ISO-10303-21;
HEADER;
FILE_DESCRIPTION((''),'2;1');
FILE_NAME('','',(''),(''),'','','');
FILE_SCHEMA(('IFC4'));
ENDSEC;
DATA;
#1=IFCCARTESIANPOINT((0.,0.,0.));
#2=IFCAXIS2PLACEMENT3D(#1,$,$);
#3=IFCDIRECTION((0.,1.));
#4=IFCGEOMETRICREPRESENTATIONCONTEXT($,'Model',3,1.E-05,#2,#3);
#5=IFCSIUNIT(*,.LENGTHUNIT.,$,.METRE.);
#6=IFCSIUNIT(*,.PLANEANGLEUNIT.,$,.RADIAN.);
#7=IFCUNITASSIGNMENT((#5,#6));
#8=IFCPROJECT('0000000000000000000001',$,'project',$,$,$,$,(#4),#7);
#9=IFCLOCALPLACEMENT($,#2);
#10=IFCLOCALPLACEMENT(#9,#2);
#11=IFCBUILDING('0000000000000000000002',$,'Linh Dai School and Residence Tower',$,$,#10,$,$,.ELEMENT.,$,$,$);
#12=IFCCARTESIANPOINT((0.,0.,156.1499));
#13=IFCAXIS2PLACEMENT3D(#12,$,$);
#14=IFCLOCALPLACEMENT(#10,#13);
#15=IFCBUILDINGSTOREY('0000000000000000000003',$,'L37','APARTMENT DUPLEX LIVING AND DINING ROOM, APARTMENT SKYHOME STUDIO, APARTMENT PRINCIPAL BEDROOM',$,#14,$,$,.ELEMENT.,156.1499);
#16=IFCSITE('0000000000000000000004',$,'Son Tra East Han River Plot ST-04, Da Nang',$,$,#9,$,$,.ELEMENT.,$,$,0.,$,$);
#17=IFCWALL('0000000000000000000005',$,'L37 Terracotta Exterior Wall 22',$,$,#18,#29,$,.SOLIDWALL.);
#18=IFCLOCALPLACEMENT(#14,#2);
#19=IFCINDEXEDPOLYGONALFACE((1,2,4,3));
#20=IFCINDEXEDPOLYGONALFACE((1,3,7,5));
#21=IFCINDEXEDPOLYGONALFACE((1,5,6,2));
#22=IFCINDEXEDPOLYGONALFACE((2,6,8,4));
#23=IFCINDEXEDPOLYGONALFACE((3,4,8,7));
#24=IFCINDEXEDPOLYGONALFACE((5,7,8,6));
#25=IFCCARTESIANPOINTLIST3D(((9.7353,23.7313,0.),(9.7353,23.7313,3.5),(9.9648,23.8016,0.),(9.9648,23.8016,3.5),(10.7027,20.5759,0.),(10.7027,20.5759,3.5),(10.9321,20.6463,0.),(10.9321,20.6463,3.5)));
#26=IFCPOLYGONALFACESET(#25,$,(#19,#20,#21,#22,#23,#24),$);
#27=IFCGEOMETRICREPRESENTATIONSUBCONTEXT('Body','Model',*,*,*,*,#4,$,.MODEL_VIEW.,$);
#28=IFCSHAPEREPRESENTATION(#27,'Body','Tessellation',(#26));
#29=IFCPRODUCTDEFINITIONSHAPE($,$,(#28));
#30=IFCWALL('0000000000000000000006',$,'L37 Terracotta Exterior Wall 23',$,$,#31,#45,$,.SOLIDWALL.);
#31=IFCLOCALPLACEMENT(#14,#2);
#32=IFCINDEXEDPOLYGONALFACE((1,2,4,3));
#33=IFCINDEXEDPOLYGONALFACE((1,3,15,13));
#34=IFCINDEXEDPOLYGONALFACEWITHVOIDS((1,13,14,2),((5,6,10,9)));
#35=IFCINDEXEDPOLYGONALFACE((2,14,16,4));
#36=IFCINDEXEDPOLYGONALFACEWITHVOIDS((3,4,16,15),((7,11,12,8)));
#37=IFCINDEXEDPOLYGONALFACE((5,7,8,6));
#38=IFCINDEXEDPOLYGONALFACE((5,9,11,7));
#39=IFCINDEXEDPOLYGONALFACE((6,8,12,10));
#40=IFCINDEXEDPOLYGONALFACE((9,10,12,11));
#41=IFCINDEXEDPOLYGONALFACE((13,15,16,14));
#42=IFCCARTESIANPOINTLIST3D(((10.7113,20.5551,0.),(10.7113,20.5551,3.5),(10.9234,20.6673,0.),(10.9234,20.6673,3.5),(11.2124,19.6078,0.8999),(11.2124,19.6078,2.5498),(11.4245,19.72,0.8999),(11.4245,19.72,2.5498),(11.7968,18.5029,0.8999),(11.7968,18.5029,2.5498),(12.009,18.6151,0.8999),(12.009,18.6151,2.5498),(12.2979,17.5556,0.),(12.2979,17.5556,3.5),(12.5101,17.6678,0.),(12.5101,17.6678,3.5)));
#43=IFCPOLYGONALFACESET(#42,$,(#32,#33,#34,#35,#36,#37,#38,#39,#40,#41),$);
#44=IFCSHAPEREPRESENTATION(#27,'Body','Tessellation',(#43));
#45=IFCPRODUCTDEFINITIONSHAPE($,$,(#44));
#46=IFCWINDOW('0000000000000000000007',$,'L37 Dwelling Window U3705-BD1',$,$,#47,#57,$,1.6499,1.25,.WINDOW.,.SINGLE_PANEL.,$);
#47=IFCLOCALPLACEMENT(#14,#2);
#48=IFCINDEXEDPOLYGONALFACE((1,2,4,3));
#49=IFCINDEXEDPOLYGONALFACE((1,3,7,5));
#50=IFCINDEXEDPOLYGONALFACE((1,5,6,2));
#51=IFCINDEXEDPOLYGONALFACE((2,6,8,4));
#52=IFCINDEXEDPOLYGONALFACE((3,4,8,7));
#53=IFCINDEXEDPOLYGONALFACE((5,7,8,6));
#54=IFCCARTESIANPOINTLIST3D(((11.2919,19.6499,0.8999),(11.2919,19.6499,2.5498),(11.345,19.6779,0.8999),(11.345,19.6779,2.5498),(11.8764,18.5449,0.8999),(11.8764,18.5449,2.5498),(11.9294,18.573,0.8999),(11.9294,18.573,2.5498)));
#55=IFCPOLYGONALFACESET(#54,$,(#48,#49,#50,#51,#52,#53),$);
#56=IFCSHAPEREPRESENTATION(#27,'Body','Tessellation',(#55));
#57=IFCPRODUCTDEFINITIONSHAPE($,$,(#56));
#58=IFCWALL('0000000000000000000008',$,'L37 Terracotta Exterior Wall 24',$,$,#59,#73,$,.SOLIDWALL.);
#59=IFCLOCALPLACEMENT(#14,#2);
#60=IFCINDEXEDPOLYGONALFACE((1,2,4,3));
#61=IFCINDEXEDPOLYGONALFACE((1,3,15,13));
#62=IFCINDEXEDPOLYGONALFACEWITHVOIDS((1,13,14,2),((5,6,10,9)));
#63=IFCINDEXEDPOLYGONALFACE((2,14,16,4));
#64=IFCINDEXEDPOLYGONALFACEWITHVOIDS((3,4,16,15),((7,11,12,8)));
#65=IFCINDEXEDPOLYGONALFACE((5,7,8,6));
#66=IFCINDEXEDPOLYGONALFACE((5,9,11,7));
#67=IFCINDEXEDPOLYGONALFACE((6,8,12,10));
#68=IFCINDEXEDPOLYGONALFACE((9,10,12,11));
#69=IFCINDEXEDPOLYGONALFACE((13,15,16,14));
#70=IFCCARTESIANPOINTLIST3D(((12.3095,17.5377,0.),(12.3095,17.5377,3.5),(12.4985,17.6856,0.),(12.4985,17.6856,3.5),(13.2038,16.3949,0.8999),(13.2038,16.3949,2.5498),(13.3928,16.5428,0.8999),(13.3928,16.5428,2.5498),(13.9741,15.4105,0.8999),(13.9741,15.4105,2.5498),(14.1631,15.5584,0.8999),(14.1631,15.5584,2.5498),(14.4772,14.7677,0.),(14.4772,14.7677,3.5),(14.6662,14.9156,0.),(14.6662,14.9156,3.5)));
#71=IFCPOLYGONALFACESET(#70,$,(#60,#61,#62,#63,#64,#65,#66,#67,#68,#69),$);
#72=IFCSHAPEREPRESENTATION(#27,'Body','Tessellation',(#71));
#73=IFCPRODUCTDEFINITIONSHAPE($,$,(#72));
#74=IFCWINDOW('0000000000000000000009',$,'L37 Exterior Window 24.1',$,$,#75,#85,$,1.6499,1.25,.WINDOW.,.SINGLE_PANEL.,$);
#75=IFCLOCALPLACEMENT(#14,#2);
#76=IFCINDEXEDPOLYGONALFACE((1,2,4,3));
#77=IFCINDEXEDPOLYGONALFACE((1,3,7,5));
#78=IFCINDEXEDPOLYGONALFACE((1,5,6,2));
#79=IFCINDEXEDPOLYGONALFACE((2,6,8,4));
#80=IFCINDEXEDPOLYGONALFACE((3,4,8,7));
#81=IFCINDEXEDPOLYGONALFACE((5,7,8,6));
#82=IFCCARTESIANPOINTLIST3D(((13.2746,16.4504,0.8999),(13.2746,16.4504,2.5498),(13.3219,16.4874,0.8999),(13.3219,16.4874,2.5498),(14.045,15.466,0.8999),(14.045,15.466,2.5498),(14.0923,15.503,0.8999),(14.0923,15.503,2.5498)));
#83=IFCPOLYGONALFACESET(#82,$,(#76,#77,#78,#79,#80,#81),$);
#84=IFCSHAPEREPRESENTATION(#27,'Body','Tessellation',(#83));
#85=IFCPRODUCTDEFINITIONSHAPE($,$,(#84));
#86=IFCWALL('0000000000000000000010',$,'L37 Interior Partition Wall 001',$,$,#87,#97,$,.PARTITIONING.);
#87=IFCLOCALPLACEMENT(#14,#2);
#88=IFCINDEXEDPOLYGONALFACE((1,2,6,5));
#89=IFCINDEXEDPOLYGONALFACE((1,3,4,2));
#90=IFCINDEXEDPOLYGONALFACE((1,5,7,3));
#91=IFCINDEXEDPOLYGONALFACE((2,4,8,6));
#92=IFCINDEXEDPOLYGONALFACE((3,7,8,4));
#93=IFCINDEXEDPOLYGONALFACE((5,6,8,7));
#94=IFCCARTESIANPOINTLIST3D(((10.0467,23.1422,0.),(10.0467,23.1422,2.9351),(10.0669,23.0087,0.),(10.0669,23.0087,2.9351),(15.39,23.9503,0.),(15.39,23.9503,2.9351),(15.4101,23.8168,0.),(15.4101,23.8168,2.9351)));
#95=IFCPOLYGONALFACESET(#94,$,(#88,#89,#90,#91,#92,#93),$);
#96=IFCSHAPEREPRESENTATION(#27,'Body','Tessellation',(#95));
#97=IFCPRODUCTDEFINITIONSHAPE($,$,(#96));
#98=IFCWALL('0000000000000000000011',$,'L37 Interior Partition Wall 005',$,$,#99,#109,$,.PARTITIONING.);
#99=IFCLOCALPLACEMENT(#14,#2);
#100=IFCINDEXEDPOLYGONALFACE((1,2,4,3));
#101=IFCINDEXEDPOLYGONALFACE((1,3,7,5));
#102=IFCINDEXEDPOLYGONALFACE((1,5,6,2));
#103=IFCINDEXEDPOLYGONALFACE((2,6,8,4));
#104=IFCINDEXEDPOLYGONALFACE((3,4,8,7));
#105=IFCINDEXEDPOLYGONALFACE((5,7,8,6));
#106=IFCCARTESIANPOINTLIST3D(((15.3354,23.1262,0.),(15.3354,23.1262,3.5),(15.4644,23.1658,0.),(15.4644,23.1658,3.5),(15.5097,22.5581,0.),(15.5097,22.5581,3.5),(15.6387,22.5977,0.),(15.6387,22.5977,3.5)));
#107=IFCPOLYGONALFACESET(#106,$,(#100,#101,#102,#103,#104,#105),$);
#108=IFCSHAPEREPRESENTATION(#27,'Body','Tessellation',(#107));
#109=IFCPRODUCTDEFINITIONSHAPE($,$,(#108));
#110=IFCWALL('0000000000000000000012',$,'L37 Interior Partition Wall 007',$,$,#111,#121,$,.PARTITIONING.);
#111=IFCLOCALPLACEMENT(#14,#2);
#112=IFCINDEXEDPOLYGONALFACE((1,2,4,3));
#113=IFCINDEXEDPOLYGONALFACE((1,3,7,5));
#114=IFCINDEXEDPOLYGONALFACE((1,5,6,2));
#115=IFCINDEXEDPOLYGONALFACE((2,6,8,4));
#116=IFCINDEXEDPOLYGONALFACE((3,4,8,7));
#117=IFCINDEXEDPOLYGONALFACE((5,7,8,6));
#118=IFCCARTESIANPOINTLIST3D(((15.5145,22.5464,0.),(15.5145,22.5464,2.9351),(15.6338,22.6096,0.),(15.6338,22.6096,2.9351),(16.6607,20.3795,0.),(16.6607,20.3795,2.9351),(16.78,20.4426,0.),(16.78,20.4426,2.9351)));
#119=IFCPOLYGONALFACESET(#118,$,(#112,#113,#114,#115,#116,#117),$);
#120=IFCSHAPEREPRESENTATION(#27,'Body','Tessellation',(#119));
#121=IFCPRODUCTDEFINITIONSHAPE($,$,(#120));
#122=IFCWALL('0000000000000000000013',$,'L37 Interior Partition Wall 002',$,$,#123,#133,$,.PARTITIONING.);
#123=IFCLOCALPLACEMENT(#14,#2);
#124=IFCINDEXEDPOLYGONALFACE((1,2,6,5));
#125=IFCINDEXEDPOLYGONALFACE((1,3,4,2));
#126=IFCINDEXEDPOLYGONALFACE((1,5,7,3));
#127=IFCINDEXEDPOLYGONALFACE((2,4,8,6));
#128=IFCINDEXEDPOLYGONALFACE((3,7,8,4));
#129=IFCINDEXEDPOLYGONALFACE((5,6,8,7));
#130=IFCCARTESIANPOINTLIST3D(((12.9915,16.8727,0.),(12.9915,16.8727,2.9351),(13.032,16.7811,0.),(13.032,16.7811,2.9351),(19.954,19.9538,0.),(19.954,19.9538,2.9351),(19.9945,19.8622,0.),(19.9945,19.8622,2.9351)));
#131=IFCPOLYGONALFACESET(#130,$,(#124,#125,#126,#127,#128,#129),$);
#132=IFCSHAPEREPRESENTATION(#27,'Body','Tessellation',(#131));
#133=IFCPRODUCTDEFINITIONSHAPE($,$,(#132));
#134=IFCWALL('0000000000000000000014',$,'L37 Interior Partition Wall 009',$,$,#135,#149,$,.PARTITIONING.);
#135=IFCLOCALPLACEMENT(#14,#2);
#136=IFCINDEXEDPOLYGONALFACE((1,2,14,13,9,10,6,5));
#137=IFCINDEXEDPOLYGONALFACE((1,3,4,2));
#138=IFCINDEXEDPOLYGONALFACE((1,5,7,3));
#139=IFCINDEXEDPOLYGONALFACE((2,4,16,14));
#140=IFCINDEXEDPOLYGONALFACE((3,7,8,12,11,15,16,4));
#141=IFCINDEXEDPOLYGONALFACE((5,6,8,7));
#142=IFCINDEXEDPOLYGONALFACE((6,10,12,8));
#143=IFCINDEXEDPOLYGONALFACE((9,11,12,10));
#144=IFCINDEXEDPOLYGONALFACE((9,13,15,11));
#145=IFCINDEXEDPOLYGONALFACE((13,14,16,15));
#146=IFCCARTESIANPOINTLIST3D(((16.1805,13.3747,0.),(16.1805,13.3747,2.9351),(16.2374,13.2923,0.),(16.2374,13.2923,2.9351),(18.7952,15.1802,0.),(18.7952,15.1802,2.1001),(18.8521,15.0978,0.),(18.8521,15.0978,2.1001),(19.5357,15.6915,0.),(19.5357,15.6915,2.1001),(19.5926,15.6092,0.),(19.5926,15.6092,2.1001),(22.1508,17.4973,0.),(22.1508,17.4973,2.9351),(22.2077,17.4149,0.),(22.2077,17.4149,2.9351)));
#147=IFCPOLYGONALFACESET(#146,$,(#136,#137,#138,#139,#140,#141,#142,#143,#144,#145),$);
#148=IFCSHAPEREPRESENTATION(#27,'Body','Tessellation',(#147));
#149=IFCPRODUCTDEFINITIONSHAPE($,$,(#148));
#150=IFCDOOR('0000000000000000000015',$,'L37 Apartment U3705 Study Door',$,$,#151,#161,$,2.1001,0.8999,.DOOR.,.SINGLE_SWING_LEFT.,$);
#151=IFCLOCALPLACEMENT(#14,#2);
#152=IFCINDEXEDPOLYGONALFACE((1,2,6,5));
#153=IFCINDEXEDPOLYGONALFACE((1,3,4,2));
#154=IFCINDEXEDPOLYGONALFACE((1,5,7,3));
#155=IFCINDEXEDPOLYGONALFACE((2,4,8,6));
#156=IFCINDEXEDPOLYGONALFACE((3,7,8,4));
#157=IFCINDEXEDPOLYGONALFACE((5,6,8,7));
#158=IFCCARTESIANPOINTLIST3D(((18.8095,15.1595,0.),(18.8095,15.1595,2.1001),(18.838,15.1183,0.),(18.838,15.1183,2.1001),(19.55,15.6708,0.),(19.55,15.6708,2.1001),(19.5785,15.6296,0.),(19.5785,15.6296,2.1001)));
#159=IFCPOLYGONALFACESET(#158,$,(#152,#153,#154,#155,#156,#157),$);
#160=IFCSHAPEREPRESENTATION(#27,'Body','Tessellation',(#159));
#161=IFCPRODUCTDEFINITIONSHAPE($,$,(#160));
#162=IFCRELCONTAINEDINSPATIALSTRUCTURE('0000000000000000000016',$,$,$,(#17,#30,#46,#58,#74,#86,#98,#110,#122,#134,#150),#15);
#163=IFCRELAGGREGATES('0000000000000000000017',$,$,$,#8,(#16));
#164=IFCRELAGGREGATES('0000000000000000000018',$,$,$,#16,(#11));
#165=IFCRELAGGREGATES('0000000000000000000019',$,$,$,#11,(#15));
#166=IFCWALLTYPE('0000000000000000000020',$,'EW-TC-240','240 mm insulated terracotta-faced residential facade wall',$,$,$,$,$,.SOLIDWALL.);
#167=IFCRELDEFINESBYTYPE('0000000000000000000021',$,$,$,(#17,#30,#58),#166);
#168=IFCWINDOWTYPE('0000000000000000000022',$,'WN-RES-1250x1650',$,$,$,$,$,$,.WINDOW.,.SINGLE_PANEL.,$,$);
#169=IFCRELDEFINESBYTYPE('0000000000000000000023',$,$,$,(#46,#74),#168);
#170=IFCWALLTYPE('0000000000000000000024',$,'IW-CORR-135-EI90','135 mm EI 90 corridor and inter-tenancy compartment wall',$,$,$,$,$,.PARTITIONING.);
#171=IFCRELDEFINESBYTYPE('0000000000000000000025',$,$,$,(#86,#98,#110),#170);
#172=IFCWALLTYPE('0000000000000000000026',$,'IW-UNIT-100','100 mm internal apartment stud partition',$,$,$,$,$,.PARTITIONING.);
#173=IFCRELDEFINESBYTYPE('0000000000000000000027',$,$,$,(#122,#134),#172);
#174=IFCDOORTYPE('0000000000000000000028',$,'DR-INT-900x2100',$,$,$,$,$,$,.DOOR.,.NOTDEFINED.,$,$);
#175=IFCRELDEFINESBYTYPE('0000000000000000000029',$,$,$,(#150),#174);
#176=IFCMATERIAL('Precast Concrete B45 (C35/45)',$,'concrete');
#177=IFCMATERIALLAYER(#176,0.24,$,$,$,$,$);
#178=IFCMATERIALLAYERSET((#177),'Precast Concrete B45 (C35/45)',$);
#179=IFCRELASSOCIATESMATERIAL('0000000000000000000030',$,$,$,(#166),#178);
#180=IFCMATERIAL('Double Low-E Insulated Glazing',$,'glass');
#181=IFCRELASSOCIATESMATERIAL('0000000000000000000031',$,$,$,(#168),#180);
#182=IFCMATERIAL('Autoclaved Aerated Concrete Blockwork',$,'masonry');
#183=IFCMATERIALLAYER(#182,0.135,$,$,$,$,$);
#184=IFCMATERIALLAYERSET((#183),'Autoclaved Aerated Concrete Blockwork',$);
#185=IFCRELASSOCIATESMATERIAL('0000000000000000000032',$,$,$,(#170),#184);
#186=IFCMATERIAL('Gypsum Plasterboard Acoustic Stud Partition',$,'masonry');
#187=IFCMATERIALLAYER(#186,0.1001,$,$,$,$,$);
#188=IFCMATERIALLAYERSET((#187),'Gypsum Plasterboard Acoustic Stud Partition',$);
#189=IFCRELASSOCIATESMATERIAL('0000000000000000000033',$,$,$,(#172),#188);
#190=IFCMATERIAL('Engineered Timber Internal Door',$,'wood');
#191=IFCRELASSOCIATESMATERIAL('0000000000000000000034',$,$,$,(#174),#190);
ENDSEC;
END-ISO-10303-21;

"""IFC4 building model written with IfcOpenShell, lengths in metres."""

from ifc_helpers import new_model, si_unit, direction, frame, frame_2d, origin, origin_2d, place, context, subcontext, project, spatial, rectangle, extrude, source, transform, mapped, material, layer, layer_set, type_object, element, fill, save


model = new_model("IFC4")

# Units and contexts
model_context = context("Model", 3, precision=1e-05, world=origin(), true_north=direction((0.0, 1.0)))
body_context = subcontext(model_context, "Body", "Model", "MODEL_VIEW")
ifc_project = project(units=[si_unit("LENGTHUNIT", "METRE"), si_unit("PLANEANGLEUNIT", "RADIAN")], contexts=[model_context])

# Site, building, storey
site_placement = place(None, origin())
site = spatial("IfcSite", under=ifc_project, at=site_placement, Name="Son Tra East Han River Plot ST-04, Da Nang", CompositionType="ELEMENT", RefElevation=0.0)
building_placement = place(site_placement, origin())
building = spatial("IfcBuilding", under=site, at=building_placement, Name="Linh Dai School and Residence Tower", CompositionType="ELEMENT")
storey_placement = place(building_placement, frame((0.0, 0.0, 156.1499)))
storey = spatial("IfcBuildingStorey", under=building, at=storey_placement, Name="L37", Description="APARTMENT DUPLEX LIVING AND DINING ROOM, APARTMENT SKYHOME STUDIO, APARTMENT PRINCIPAL BEDROOM", CompositionType="ELEMENT", Elevation=156.1499)

# Shared definitions
ifc_material_1 = material(Name="Precast Concrete B45 (C35/45)", Category="concrete")

# Wall
ifc_layer_1 = layer(ifc_material_1, 0.24)
ifc_layer_set_1 = layer_set([ifc_layer_1], Name="Precast Concrete B45 (C35/45)")
wall_type_1 = type_object("IfcWallType", Name="EW-TC-240", Description="240 mm insulated terracotta-faced residential facade wall", PredefinedType="SOLIDWALL", material=ifc_layer_set_1)
wall_1_placement = place(storey_placement, frame((10.8174, 20.6111, 0.0), z_axis=(0.0, 0.0, 1.0), x_axis=(-0.293098, 0.956082, 0.0)))
element("IfcWall", 1, at=wall_1_placement, inside=storey, type_object=wall_type_1, Name="L37 Terracotta Exterior Wall 22", PredefinedType="SOLIDWALL", context=body_context, shape_type="SweptSolid", body=[
    extrude(rectangle(XDim=3.3003, YDim=0.24, at=frame_2d((1.6501, 0.0))), origin(), (0.0, 0.0, 1.0), 3.5),
])

# Walls, openings, windows
wall_2_placement = place(storey_placement, frame((12.4041, 17.6116, 0.0), z_axis=(0.0, 0.0, 1.0), x_axis=(-0.467587, 0.883947, 0.0)))
wall_2 = element("IfcWall", 2, at=wall_2_placement, inside=storey, type_object=wall_type_1, Name="L37 Terracotta Exterior Wall 23", PredefinedType="SOLIDWALL", context=body_context, shape_type="SweptSolid", body=[
    extrude(rectangle(XDim=3.3933, YDim=0.24, at=frame_2d((1.6968, 0.0))), origin(), (0.0, 0.0, 1.0), 3.5),
])
opening_1_placement = place(wall_2_placement, frame((1.0718, 0.0, 0.8999)))
opening_1 = element("IfcOpeningElement", 3, at=opening_1_placement, cuts=wall_2, PredefinedType="OPENING", context=body_context, shape_type="SweptSolid", body=[
    extrude(rectangle(XDim=1.25, YDim=1.6499, at=origin_2d()), frame((0.625, 0.1299, 0.825), z_axis=(0.0, -1.0, 0.0), x_axis=(1.0, 0.0, 0.0)), (0.0, 0.0, 1.0), 0.26),
])
ifc_material_2 = material(Name="Double Low-E Insulated Glazing", Category="glass")
window_type = type_object("IfcWindowType", Name="WN-RES-1250x1650", PartitioningType="SINGLE_PANEL", PredefinedType="WINDOW", material=ifc_material_2)
shared_shape_1 = source(origin(), body_context, "Body", "SweptSolid", [
    extrude(rectangle(XDim=1.25, YDim=1.6499, at=origin_2d()), frame((0.625, 0.03, 0.825), z_axis=(0.0, -1.0, 0.0), x_axis=(1.0, 0.0, 0.0)), (0.0, 0.0, 1.0), 0.0601),
])
window_1_placement = place(opening_1_placement, origin())
window_1 = element("IfcWindow", 4, at=window_1_placement, inside=storey, type_object=window_type, Name="L37 Dwelling Window U3705-BD1", OverallHeight=1.6499, OverallWidth=1.25, PartitioningType="SINGLE_PANEL", PredefinedType="WINDOW", context=body_context, shape_type="MappedRepresentation", body=[
    mapped(shared_shape_1, transform((0.0, 0.0, 0.0), x_axis=(1.0, 0.0, 0.0), y_axis=(0.0, 1.0, 0.0), z_axis=(0.0, 0.0, 1.0), scale=1.0)),
])
fill(opening_1, window_1)
wall_3_placement = place(storey_placement, frame((14.5718, 14.8416, 0.0), z_axis=(0.0, 0.0, 1.0), x_axis=(-0.616288, 0.787521, 0.0)))
wall_3 = element("IfcWall", 5, at=wall_3_placement, inside=storey, type_object=wall_type_1, Name="L37 Terracotta Exterior Wall 24", PredefinedType="SOLIDWALL", context=body_context, shape_type="SweptSolid", body=[
    extrude(rectangle(XDim=3.5173, YDim=0.24, at=frame_2d((1.7588, 0.0))), origin(), (0.0, 0.0, 1.0), 3.5),
])
opening_2_placement = place(wall_3_placement, frame((0.8164, 0.0, 0.8999)))
opening_2 = element("IfcOpeningElement", 6, at=opening_2_placement, cuts=wall_3, PredefinedType="OPENING", context=body_context, shape_type="SweptSolid", body=[
    extrude(rectangle(XDim=1.25, YDim=1.6499, at=origin_2d()), frame((0.625, 0.1299, 0.825), z_axis=(0.0, -1.0, 0.0), x_axis=(1.0, 0.0, 0.0)), (0.0, 0.0, 1.0), 0.26),
])
window_2_placement = place(opening_2_placement, origin())
window_2 = element("IfcWindow", 7, at=window_2_placement, inside=storey, type_object=window_type, Name="L37 Exterior Window 24.1", OverallHeight=1.6499, OverallWidth=1.25, PartitioningType="SINGLE_PANEL", PredefinedType="WINDOW", context=body_context, shape_type="MappedRepresentation", body=[
    mapped(shared_shape_1, transform((0.0, 0.0, 0.0), x_axis=(1.0, 0.0, 0.0), y_axis=(0.0, 1.0, 0.0), z_axis=(0.0, 0.0, 1.0), scale=1.0)),
])
fill(opening_2, window_2)

# Wall
ifc_material_3 = material(Name="Autoclaved Aerated Concrete Blockwork", Category="masonry")
ifc_layer_2 = layer(ifc_material_3, 0.135)
ifc_layer_set_2 = layer_set([ifc_layer_2], Name="Autoclaved Aerated Concrete Blockwork")
wall_type_2 = type_object("IfcWallType", Name="IW-CORR-135-EI90", Description="135 mm EI 90 corridor and inter-tenancy compartment wall", PredefinedType="PARTITIONING", material=ifc_layer_set_2)
wall_4_placement = place(storey_placement, frame((10.0566, 23.0754, 0.0), z_axis=(0.0, 0.0, 1.0), x_axis=(0.988756, 0.149538, 0.0)))
element("IfcWall", 8, at=wall_4_placement, inside=storey, type_object=wall_type_2, Name="L37 Interior Partition Wall 001", PredefinedType="PARTITIONING", context=body_context, shape_type="SweptSolid", body=[
    extrude(rectangle(XDim=5.4041, YDim=0.135, at=frame_2d((2.7021, 0.0))), origin(), (0.0, 0.0, 1.0), 2.9351),
])

# Walls
wall_5_placement = place(storey_placement, frame((15.3999, 23.146, 0.0), z_axis=(0.0, 0.0, 1.0), x_axis=(0.293335, -0.95601, 0.0)))
element("IfcWall", 9, at=wall_5_placement, inside=storey, type_object=wall_type_2, Name="L37 Interior Partition Wall 005", PredefinedType="PARTITIONING", context=body_context, shape_type="SweptSolid", body=[
    extrude(rectangle(XDim=0.5942, YDim=0.135, at=frame_2d((0.2971, 0.0))), origin(), (0.0, 0.0, 1.0), 3.5),
])
wall_6_placement = place(storey_placement, frame((15.5742, 22.5779, 0.0), z_axis=(0.0, 0.0, 1.0), x_axis=(0.467572, -0.883955, 0.0)))
element("IfcWall", 10, at=wall_6_placement, inside=storey, type_object=wall_type_2, Name="L37 Interior Partition Wall 007", PredefinedType="PARTITIONING", context=body_context, shape_type="SweptSolid", body=[
    extrude(rectangle(XDim=2.4514, YDim=0.135, at=frame_2d((1.2256, 0.0))), origin(), (0.0, 0.0, 1.0), 2.9351),
])
ifc_material_4 = material(Name="Gypsum Plasterboard Acoustic Stud Partition", Category="masonry")
ifc_layer_3 = layer(ifc_material_4, 0.1001)
ifc_layer_set_3 = layer_set([ifc_layer_3], Name="Gypsum Plasterboard Acoustic Stud Partition")
wall_type_3 = type_object("IfcWallType", Name="IW-UNIT-100", Description="100 mm internal apartment stud partition", PredefinedType="PARTITIONING", material=ifc_layer_set_3)
wall_7_placement = place(storey_placement, frame((13.0117, 16.8269, 0.0), z_axis=(0.0, 0.0, 1.0), x_axis=(0.914461, 0.404674, 0.0)))
element("IfcWall", 11, at=wall_7_placement, inside=storey, type_object=wall_type_3, Name="L37 Interior Partition Wall 002", PredefinedType="PARTITIONING", context=body_context, shape_type="SweptSolid", body=[
    extrude(rectangle(XDim=7.6138, YDim=0.1001, at=frame_2d((3.8069, 0.0))), origin(), (0.0, 0.0, 1.0), 2.9351),
])

# Wall, opening, door
wall_8_placement = place(storey_placement, frame((16.209, 13.3335, 0.0), z_axis=(0.0, 0.0, 1.0), x_axis=(0.82288, 0.568216, 0.0)))
wall_8 = element("IfcWall", 12, at=wall_8_placement, inside=storey, type_object=wall_type_3, Name="L37 Interior Partition Wall 009", PredefinedType="PARTITIONING", context=body_context, shape_type="SweptSolid", body=[
    extrude(rectangle(XDim=7.2554, YDim=0.1001, at=frame_2d((3.6277, 0.0))), origin(), (0.0, 0.0, 1.0), 2.9351),
])
opening_3_placement = place(wall_8_placement, frame((3.1775, 0.0, 0.0)))
opening_3 = element("IfcOpeningElement", 13, at=opening_3_placement, cuts=wall_8, PredefinedType="OPENING", context=body_context, shape_type="SweptSolid", body=[
    extrude(rectangle(XDim=0.8999, YDim=2.1001, at=origin_2d()), frame((0.45, 0.0601, 1.05), z_axis=(0.0, -1.0, 0.0), x_axis=(1.0, 0.0, 0.0)), (0.0, 0.0, 1.0), 0.1201),
])
ifc_material_5 = material(Name="Engineered Timber Internal Door", Category="wood")
door_type_1 = type_object("IfcDoorType", Name="DR-INT-900x2100", OperationType="NOTDEFINED", PredefinedType="DOOR", material=ifc_material_5)
shared_shape_2 = source(origin(), body_context, "Body", "SweptSolid", [
    extrude(rectangle(XDim=0.8999, YDim=2.1001, at=origin_2d()), frame((0.45, 0.0249, 1.05), z_axis=(0.0, -1.0, 0.0), x_axis=(1.0, 0.0, 0.0)), (0.0, 0.0, 1.0), 0.05),
])
door_1_placement = place(opening_3_placement, origin())
door_1 = element("IfcDoor", 14, at=door_1_placement, inside=storey, type_object=door_type_1, Name="L37 Apartment U3705 Study Door", OperationType="SINGLE_SWING_LEFT", OverallHeight=2.1001, OverallWidth=0.8999, PredefinedType="DOOR", context=body_context, shape_type="MappedRepresentation", body=[
    mapped(shared_shape_2, transform((0.0, 0.0, 0.0), x_axis=(1.0, 0.0, 0.0), y_axis=(0.0, 1.0, 0.0), z_axis=(0.0, 0.0, 1.0), scale=1.0)),
])
fill(opening_3, door_1)

save(model, "model.ifc")
